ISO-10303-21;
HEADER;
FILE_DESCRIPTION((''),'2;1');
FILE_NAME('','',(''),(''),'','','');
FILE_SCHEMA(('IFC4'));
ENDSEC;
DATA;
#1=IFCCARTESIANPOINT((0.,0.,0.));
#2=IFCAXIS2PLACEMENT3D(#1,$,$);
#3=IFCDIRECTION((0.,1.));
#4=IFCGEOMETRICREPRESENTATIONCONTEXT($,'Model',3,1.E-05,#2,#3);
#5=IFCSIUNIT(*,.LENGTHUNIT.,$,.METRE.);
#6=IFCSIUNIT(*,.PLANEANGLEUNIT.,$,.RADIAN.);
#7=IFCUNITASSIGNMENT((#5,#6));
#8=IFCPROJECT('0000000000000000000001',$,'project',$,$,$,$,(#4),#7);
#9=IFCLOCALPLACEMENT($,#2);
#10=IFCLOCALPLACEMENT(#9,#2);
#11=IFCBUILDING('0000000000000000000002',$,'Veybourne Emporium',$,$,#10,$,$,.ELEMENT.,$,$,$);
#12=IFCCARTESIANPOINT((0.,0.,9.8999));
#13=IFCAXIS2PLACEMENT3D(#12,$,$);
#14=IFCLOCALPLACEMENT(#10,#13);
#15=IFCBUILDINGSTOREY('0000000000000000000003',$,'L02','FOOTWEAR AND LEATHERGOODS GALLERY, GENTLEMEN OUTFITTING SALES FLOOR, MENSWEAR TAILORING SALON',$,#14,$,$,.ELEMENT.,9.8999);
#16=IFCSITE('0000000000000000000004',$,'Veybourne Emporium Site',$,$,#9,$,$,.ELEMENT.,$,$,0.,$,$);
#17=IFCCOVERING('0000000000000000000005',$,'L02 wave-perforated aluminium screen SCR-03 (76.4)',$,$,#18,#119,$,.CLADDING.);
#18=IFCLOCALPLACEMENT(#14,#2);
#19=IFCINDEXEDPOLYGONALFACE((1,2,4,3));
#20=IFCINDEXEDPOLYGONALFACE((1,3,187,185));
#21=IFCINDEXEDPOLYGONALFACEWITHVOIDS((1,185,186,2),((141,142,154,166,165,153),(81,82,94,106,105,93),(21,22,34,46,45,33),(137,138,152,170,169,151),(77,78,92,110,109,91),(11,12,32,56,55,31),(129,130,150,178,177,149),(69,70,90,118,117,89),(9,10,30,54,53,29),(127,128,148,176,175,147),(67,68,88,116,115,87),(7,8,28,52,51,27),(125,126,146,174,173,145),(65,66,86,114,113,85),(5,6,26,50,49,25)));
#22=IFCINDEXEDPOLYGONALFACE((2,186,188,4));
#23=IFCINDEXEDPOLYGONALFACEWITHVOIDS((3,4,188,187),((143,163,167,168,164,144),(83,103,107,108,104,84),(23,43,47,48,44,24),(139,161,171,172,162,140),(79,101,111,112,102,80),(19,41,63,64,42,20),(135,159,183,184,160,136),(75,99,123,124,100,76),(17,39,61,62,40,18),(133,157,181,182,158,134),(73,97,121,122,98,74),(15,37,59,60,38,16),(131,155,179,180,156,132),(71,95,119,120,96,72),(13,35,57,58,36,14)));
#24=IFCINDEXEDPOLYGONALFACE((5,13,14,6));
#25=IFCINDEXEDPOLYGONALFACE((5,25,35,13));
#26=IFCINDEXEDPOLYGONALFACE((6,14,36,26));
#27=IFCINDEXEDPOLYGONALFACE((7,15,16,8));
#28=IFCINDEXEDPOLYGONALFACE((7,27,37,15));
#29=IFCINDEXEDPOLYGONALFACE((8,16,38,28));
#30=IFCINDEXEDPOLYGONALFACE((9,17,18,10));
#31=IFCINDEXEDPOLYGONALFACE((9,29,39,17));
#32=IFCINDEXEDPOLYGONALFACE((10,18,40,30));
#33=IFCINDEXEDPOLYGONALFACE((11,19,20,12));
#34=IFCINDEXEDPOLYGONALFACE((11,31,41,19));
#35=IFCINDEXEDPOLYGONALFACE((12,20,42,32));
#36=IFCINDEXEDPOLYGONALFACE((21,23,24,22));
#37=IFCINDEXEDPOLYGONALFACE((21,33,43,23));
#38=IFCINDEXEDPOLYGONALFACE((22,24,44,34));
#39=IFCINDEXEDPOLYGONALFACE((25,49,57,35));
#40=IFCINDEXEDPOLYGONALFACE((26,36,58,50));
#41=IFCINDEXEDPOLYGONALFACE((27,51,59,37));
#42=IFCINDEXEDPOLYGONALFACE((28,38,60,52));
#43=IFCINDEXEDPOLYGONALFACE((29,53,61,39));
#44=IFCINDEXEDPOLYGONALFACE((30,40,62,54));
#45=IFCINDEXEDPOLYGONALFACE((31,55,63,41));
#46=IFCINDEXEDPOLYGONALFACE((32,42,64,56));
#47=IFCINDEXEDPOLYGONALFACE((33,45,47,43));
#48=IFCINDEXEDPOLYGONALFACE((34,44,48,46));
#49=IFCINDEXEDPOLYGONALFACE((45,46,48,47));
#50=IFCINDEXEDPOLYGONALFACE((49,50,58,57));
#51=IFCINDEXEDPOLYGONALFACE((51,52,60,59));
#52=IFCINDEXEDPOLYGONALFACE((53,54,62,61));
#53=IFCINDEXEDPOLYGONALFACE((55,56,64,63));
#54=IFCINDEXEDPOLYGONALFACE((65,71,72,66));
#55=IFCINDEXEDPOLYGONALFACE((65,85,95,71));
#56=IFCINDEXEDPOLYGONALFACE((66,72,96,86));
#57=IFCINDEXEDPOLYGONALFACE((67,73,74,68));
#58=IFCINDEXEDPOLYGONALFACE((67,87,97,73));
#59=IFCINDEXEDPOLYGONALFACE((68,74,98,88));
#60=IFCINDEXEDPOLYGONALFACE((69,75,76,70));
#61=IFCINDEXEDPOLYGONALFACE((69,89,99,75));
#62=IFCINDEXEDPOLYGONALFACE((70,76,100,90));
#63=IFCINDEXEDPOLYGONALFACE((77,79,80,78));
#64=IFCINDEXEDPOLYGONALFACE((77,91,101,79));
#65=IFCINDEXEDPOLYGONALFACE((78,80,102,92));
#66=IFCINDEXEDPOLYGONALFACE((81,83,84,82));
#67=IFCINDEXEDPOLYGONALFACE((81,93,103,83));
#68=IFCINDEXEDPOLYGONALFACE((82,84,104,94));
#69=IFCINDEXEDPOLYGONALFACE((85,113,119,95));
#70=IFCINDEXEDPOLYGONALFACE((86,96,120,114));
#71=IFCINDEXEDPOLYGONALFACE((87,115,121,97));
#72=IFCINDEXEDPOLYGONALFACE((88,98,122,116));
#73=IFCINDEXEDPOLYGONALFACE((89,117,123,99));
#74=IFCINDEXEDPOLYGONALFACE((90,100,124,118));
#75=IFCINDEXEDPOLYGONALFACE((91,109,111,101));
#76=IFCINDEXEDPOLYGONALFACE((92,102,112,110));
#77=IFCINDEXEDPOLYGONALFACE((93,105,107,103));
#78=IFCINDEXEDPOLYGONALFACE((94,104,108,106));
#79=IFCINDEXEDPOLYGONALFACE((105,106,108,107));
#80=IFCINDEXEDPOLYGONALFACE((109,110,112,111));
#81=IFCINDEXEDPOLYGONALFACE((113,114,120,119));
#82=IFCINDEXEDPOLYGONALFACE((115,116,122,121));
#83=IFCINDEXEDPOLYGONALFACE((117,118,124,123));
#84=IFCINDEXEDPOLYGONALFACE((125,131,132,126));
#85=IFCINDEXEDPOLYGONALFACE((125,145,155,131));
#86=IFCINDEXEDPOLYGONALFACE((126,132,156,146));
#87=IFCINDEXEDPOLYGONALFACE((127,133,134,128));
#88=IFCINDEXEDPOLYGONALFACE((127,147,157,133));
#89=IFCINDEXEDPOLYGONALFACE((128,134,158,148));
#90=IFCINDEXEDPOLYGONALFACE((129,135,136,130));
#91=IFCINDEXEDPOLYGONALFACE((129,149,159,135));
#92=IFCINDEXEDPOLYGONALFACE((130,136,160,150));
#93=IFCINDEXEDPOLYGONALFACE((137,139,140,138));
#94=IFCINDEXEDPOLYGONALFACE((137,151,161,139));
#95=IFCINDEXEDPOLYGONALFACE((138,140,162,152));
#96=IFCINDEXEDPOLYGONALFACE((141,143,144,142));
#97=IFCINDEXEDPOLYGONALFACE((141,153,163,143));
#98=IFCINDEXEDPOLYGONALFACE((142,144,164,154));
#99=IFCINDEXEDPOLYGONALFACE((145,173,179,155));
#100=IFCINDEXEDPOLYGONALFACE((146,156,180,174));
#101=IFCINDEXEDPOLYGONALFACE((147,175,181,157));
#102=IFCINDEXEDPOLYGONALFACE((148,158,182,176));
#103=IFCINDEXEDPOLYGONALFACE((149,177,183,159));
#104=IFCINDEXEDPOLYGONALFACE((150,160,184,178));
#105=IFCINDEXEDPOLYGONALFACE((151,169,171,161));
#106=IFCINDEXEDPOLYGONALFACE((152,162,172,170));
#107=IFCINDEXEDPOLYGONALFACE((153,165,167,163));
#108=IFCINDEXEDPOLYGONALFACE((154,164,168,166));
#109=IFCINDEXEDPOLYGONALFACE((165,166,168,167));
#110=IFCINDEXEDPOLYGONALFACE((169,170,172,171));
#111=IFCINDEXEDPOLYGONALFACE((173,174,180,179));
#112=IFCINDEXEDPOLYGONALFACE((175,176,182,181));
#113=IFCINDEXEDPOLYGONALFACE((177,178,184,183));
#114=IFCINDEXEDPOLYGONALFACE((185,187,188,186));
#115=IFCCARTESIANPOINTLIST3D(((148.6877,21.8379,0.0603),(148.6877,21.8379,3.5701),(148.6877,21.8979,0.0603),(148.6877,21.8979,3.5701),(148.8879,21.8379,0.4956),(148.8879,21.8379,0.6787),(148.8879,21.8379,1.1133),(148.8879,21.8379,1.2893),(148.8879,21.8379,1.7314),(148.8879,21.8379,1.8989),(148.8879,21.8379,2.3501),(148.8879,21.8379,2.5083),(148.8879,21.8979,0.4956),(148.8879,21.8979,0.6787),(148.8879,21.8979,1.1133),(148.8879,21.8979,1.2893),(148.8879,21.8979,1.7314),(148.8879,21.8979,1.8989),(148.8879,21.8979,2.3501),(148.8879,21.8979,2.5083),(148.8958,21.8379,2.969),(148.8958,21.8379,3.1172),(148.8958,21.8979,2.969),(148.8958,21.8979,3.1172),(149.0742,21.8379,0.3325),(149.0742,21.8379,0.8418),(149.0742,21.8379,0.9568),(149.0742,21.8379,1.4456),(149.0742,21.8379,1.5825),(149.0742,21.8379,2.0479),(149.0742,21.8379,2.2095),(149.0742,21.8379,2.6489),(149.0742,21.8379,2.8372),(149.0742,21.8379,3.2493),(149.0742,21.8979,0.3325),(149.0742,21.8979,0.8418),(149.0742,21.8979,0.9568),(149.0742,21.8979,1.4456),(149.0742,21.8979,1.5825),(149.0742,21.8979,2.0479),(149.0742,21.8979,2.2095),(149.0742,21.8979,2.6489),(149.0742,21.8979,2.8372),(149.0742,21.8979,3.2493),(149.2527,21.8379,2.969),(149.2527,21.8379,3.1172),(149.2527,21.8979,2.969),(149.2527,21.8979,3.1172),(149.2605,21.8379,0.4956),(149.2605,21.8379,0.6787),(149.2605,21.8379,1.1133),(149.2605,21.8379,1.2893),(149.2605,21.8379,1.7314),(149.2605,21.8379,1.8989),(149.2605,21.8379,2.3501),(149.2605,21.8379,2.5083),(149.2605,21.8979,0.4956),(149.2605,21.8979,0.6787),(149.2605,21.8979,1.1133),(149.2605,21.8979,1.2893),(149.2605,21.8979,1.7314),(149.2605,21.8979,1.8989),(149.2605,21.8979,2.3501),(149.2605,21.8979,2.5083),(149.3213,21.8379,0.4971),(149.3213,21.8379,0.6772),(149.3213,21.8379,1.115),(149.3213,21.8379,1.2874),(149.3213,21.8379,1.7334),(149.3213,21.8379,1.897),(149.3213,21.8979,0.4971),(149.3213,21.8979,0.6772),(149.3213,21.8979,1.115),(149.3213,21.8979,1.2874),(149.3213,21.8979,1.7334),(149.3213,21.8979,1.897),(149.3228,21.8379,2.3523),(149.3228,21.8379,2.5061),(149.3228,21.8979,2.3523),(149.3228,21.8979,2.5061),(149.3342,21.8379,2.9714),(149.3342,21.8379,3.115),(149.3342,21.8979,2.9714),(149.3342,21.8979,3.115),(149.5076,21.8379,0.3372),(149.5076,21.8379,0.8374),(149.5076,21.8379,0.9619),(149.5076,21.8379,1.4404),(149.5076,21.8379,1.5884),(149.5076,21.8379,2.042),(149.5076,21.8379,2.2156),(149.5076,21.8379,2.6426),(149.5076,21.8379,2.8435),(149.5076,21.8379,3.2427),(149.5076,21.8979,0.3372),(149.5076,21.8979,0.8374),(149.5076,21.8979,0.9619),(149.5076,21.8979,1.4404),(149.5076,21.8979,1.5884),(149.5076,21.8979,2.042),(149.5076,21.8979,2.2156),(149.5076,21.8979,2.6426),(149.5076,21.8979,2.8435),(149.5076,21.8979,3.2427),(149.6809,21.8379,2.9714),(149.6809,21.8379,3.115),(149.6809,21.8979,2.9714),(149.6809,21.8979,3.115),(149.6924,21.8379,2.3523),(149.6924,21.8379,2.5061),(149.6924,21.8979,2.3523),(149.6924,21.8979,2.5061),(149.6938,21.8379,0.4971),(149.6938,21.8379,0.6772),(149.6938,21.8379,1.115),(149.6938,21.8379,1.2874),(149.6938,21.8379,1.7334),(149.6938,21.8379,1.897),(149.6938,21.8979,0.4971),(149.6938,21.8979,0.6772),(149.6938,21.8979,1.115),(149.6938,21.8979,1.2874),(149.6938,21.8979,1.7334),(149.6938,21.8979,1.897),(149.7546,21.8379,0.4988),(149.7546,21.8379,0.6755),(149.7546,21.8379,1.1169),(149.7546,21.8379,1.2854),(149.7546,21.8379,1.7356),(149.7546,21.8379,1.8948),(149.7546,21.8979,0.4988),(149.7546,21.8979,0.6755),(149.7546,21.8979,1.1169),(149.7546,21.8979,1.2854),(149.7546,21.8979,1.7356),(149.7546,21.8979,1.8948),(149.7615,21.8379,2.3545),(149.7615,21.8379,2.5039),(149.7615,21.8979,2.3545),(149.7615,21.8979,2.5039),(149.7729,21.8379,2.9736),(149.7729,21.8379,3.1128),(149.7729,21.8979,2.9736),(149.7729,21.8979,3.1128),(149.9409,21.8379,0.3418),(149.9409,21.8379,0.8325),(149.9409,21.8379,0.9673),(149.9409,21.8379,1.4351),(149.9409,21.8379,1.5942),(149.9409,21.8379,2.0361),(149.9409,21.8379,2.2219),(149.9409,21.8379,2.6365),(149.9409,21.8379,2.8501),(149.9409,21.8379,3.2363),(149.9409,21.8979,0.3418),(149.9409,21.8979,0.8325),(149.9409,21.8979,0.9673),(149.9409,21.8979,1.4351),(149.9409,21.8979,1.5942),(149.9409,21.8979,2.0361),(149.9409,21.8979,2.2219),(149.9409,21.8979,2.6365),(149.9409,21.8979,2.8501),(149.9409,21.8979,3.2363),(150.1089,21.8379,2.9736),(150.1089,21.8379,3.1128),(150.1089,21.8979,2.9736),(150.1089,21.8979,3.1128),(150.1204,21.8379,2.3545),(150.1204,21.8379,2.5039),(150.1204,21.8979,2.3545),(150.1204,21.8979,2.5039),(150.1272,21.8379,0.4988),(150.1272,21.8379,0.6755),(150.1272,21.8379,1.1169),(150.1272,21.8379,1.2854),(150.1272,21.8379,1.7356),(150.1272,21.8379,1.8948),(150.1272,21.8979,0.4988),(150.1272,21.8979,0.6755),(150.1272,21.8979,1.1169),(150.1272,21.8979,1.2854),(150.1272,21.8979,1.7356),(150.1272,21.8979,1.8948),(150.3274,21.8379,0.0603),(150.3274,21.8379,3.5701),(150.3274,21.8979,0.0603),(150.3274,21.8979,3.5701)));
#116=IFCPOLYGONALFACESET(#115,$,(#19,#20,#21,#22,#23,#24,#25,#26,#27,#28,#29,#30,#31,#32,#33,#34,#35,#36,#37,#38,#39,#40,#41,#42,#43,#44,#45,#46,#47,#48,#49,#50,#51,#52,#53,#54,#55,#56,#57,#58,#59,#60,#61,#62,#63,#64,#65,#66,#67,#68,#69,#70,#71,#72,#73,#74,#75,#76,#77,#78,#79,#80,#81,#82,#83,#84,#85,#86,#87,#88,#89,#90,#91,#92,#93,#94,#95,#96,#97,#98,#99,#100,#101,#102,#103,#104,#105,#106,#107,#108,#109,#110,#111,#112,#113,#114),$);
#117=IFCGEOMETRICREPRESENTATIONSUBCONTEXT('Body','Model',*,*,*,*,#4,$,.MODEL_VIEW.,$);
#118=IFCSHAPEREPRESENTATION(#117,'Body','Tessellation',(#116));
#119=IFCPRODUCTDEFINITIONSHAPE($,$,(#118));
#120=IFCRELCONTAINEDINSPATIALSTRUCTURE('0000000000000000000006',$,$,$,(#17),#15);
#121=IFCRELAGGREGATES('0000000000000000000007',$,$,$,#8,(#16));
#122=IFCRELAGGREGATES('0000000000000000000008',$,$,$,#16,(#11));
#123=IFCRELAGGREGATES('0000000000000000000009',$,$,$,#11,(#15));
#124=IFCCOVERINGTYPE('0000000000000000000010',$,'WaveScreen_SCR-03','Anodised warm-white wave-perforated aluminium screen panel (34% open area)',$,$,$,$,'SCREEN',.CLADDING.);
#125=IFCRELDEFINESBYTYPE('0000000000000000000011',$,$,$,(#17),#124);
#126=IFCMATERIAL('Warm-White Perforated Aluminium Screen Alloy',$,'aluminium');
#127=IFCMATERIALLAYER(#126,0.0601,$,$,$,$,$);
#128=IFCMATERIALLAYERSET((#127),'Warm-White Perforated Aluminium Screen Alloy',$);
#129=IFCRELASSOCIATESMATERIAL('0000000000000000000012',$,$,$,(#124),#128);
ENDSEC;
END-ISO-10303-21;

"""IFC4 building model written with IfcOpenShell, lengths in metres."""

from ifc_helpers import new_model, si_unit, direction, frame, origin, place, context, subcontext, project, spatial, polyline, outline, extrude, material, layer, layer_set, type_object, element, save


model = new_model("IFC4")

# Units and contexts
model_context = context("Model", 3, precision=1e-05, world=origin(), true_north=direction((0.0, 1.0)))
body_context = subcontext(model_context, "Body", "Model", "MODEL_VIEW")
ifc_project = project(units=[si_unit("LENGTHUNIT", "METRE"), si_unit("PLANEANGLEUNIT", "RADIAN")], contexts=[model_context])

# Site, building, storey
site_placement = place(None, origin())
site = spatial("IfcSite", under=ifc_project, at=site_placement, Name="Veybourne Emporium Site", CompositionType="ELEMENT", RefElevation=0.0)
building_placement = place(site_placement, origin())
building = spatial("IfcBuilding", under=site, at=building_placement, Name="Veybourne Emporium", CompositionType="ELEMENT")
storey_placement = place(building_placement, frame((0.0, 0.0, 9.8999)))
storey = spatial("IfcBuildingStorey", under=building, at=storey_placement, Name="L02", Description="FOOTWEAR AND LEATHERGOODS GALLERY, GENTLEMEN OUTFITTING SALES FLOOR, MENSWEAR TAILORING SALON", CompositionType="ELEMENT", Elevation=9.8999)

# Covering
ifc_material_1 = material(Name="Warm-White Perforated Aluminium Screen Alloy", Category="aluminium")
ifc_layer_1 = layer(ifc_material_1, 0.0601)
ifc_layer_set_1 = layer_set([ifc_layer_1], Name="Warm-White Perforated Aluminium Screen Alloy")
covering_type_1 = type_object("IfcCoveringType", Name="WaveScreen_SCR-03", Description="Anodised warm-white wave-perforated aluminium screen panel (34% open area)", ElementType="SCREEN", PredefinedType="CLADDING", material=ifc_layer_set_1)
covering_1_placement = place(storey_placement, frame((149.5076, 21.8979, 1.8152), z_axis=(0.0, -1.0, 0.0), x_axis=(1.0, 0.0, 0.0)))
element("IfcCovering", 1, at=covering_1_placement, inside=storey, type_object=covering_type_1, Name="L02 wave-perforated aluminium screen SCR-03 (76.4)", PredefinedType="CLADDING", context=body_context, shape_type="SweptSolid", body=[
    extrude(outline(polyline([(-0.8198, -1.7549), (0.8198, -1.7549), (0.8198, 1.7549), (-0.8198, 1.7549), (-0.8198, -1.7549)]), holes=[polyline([(-0.4333, -0.9734), (-0.2471, -1.1365), (-0.2471, -1.3196), (-0.4333, -1.4827), (-0.6196, -1.3196), (-0.6196, -1.1365), (-0.4333, -0.9734)]), polyline([(-0.4333, -0.3696), (-0.2471, -0.5259), (-0.2471, -0.7019), (-0.4333, -0.8584), (-0.6196, -0.7019), (-0.6196, -0.5259), (-0.4333, -0.3696)]), polyline([(-0.4333, 0.2327), (-0.2471, 0.0837), (-0.2471, -0.0837), (-0.4333, -0.2327), (-0.6196, -0.0837), (-0.6196, 0.0837), (-0.4333, 0.2327)]), polyline([(-0.4333, 0.8337), (-0.2471, 0.6931), (-0.2471, 0.5349), (-0.4333, 0.3943), (-0.6196, 0.5349), (-0.6196, 0.6931), (-0.4333, 0.8337)]), polyline([(-0.4333, 1.4341), (-0.2549, 1.302), (-0.2549, 1.1538), (-0.4333, 1.022), (-0.6118, 1.1538), (-0.6118, 1.302), (-0.4333, 1.4341)]), polyline([(0.0, -0.9778), (0.1863, -1.1379), (0.1863, -1.3181), (0.0, -1.478), (-0.1863, -1.3181), (-0.1863, -1.1379), (0.0, -0.9778)]), polyline([(0.0, -0.3748), (0.1863, -0.5278), (0.1863, -0.7002), (0.0, -0.8533), (-0.1863, -0.7002), (-0.1863, -0.5278), (0.0, -0.3748)]), polyline([(0.0, 0.2268), (0.1863, 0.0818), (0.1863, -0.0818), (0.0, -0.2268), (-0.1863, -0.0818), (-0.1863, 0.0818), (0.0, 0.2268)]), polyline([(0.0, 0.8274), (0.1848, 0.6909), (0.1848, 0.5371), (0.0, 0.4004), (-0.1848, 0.5371), (-0.1848, 0.6909), (0.0, 0.8274)]), polyline([(0.0, 1.4275), (0.1733, 1.2998), (0.1733, 1.1562), (0.0, 1.0283), (-0.1733, 1.1562), (-0.1733, 1.2998), (0.0, 1.4275)]), polyline([(0.4333, -0.9827), (0.6196, -1.1396), (0.6196, -1.3164), (0.4333, -1.4734), (0.2471, -1.3164), (0.2471, -1.1396), (0.4333, -0.9827)]), polyline([(0.4333, -0.3801), (0.6196, -0.5298), (0.6196, -0.6982), (0.4333, -0.8479), (0.2471, -0.6982), (0.2471, -0.5298), (0.4333, -0.3801)]), polyline([(0.4333, 0.2209), (0.6196, 0.0796), (0.6196, -0.0796), (0.4333, -0.2209), (0.2471, -0.0796), (0.2471, 0.0796), (0.4333, 0.2209)]), polyline([(0.4333, 0.8213), (0.6128, 0.6887), (0.6128, 0.5393), (0.4333, 0.4067), (0.2539, 0.5393), (0.2539, 0.6887), (0.4333, 0.8213)]), polyline([(0.4333, 1.4211), (0.6013, 1.2976), (0.6013, 1.1584), (0.4333, 1.0349), (0.2654, 1.1584), (0.2654, 1.2976), (0.4333, 1.4211)])]), origin(), (0.0, 0.0, 1.0), 0.0601),
])

save(model, "model.ifc")
